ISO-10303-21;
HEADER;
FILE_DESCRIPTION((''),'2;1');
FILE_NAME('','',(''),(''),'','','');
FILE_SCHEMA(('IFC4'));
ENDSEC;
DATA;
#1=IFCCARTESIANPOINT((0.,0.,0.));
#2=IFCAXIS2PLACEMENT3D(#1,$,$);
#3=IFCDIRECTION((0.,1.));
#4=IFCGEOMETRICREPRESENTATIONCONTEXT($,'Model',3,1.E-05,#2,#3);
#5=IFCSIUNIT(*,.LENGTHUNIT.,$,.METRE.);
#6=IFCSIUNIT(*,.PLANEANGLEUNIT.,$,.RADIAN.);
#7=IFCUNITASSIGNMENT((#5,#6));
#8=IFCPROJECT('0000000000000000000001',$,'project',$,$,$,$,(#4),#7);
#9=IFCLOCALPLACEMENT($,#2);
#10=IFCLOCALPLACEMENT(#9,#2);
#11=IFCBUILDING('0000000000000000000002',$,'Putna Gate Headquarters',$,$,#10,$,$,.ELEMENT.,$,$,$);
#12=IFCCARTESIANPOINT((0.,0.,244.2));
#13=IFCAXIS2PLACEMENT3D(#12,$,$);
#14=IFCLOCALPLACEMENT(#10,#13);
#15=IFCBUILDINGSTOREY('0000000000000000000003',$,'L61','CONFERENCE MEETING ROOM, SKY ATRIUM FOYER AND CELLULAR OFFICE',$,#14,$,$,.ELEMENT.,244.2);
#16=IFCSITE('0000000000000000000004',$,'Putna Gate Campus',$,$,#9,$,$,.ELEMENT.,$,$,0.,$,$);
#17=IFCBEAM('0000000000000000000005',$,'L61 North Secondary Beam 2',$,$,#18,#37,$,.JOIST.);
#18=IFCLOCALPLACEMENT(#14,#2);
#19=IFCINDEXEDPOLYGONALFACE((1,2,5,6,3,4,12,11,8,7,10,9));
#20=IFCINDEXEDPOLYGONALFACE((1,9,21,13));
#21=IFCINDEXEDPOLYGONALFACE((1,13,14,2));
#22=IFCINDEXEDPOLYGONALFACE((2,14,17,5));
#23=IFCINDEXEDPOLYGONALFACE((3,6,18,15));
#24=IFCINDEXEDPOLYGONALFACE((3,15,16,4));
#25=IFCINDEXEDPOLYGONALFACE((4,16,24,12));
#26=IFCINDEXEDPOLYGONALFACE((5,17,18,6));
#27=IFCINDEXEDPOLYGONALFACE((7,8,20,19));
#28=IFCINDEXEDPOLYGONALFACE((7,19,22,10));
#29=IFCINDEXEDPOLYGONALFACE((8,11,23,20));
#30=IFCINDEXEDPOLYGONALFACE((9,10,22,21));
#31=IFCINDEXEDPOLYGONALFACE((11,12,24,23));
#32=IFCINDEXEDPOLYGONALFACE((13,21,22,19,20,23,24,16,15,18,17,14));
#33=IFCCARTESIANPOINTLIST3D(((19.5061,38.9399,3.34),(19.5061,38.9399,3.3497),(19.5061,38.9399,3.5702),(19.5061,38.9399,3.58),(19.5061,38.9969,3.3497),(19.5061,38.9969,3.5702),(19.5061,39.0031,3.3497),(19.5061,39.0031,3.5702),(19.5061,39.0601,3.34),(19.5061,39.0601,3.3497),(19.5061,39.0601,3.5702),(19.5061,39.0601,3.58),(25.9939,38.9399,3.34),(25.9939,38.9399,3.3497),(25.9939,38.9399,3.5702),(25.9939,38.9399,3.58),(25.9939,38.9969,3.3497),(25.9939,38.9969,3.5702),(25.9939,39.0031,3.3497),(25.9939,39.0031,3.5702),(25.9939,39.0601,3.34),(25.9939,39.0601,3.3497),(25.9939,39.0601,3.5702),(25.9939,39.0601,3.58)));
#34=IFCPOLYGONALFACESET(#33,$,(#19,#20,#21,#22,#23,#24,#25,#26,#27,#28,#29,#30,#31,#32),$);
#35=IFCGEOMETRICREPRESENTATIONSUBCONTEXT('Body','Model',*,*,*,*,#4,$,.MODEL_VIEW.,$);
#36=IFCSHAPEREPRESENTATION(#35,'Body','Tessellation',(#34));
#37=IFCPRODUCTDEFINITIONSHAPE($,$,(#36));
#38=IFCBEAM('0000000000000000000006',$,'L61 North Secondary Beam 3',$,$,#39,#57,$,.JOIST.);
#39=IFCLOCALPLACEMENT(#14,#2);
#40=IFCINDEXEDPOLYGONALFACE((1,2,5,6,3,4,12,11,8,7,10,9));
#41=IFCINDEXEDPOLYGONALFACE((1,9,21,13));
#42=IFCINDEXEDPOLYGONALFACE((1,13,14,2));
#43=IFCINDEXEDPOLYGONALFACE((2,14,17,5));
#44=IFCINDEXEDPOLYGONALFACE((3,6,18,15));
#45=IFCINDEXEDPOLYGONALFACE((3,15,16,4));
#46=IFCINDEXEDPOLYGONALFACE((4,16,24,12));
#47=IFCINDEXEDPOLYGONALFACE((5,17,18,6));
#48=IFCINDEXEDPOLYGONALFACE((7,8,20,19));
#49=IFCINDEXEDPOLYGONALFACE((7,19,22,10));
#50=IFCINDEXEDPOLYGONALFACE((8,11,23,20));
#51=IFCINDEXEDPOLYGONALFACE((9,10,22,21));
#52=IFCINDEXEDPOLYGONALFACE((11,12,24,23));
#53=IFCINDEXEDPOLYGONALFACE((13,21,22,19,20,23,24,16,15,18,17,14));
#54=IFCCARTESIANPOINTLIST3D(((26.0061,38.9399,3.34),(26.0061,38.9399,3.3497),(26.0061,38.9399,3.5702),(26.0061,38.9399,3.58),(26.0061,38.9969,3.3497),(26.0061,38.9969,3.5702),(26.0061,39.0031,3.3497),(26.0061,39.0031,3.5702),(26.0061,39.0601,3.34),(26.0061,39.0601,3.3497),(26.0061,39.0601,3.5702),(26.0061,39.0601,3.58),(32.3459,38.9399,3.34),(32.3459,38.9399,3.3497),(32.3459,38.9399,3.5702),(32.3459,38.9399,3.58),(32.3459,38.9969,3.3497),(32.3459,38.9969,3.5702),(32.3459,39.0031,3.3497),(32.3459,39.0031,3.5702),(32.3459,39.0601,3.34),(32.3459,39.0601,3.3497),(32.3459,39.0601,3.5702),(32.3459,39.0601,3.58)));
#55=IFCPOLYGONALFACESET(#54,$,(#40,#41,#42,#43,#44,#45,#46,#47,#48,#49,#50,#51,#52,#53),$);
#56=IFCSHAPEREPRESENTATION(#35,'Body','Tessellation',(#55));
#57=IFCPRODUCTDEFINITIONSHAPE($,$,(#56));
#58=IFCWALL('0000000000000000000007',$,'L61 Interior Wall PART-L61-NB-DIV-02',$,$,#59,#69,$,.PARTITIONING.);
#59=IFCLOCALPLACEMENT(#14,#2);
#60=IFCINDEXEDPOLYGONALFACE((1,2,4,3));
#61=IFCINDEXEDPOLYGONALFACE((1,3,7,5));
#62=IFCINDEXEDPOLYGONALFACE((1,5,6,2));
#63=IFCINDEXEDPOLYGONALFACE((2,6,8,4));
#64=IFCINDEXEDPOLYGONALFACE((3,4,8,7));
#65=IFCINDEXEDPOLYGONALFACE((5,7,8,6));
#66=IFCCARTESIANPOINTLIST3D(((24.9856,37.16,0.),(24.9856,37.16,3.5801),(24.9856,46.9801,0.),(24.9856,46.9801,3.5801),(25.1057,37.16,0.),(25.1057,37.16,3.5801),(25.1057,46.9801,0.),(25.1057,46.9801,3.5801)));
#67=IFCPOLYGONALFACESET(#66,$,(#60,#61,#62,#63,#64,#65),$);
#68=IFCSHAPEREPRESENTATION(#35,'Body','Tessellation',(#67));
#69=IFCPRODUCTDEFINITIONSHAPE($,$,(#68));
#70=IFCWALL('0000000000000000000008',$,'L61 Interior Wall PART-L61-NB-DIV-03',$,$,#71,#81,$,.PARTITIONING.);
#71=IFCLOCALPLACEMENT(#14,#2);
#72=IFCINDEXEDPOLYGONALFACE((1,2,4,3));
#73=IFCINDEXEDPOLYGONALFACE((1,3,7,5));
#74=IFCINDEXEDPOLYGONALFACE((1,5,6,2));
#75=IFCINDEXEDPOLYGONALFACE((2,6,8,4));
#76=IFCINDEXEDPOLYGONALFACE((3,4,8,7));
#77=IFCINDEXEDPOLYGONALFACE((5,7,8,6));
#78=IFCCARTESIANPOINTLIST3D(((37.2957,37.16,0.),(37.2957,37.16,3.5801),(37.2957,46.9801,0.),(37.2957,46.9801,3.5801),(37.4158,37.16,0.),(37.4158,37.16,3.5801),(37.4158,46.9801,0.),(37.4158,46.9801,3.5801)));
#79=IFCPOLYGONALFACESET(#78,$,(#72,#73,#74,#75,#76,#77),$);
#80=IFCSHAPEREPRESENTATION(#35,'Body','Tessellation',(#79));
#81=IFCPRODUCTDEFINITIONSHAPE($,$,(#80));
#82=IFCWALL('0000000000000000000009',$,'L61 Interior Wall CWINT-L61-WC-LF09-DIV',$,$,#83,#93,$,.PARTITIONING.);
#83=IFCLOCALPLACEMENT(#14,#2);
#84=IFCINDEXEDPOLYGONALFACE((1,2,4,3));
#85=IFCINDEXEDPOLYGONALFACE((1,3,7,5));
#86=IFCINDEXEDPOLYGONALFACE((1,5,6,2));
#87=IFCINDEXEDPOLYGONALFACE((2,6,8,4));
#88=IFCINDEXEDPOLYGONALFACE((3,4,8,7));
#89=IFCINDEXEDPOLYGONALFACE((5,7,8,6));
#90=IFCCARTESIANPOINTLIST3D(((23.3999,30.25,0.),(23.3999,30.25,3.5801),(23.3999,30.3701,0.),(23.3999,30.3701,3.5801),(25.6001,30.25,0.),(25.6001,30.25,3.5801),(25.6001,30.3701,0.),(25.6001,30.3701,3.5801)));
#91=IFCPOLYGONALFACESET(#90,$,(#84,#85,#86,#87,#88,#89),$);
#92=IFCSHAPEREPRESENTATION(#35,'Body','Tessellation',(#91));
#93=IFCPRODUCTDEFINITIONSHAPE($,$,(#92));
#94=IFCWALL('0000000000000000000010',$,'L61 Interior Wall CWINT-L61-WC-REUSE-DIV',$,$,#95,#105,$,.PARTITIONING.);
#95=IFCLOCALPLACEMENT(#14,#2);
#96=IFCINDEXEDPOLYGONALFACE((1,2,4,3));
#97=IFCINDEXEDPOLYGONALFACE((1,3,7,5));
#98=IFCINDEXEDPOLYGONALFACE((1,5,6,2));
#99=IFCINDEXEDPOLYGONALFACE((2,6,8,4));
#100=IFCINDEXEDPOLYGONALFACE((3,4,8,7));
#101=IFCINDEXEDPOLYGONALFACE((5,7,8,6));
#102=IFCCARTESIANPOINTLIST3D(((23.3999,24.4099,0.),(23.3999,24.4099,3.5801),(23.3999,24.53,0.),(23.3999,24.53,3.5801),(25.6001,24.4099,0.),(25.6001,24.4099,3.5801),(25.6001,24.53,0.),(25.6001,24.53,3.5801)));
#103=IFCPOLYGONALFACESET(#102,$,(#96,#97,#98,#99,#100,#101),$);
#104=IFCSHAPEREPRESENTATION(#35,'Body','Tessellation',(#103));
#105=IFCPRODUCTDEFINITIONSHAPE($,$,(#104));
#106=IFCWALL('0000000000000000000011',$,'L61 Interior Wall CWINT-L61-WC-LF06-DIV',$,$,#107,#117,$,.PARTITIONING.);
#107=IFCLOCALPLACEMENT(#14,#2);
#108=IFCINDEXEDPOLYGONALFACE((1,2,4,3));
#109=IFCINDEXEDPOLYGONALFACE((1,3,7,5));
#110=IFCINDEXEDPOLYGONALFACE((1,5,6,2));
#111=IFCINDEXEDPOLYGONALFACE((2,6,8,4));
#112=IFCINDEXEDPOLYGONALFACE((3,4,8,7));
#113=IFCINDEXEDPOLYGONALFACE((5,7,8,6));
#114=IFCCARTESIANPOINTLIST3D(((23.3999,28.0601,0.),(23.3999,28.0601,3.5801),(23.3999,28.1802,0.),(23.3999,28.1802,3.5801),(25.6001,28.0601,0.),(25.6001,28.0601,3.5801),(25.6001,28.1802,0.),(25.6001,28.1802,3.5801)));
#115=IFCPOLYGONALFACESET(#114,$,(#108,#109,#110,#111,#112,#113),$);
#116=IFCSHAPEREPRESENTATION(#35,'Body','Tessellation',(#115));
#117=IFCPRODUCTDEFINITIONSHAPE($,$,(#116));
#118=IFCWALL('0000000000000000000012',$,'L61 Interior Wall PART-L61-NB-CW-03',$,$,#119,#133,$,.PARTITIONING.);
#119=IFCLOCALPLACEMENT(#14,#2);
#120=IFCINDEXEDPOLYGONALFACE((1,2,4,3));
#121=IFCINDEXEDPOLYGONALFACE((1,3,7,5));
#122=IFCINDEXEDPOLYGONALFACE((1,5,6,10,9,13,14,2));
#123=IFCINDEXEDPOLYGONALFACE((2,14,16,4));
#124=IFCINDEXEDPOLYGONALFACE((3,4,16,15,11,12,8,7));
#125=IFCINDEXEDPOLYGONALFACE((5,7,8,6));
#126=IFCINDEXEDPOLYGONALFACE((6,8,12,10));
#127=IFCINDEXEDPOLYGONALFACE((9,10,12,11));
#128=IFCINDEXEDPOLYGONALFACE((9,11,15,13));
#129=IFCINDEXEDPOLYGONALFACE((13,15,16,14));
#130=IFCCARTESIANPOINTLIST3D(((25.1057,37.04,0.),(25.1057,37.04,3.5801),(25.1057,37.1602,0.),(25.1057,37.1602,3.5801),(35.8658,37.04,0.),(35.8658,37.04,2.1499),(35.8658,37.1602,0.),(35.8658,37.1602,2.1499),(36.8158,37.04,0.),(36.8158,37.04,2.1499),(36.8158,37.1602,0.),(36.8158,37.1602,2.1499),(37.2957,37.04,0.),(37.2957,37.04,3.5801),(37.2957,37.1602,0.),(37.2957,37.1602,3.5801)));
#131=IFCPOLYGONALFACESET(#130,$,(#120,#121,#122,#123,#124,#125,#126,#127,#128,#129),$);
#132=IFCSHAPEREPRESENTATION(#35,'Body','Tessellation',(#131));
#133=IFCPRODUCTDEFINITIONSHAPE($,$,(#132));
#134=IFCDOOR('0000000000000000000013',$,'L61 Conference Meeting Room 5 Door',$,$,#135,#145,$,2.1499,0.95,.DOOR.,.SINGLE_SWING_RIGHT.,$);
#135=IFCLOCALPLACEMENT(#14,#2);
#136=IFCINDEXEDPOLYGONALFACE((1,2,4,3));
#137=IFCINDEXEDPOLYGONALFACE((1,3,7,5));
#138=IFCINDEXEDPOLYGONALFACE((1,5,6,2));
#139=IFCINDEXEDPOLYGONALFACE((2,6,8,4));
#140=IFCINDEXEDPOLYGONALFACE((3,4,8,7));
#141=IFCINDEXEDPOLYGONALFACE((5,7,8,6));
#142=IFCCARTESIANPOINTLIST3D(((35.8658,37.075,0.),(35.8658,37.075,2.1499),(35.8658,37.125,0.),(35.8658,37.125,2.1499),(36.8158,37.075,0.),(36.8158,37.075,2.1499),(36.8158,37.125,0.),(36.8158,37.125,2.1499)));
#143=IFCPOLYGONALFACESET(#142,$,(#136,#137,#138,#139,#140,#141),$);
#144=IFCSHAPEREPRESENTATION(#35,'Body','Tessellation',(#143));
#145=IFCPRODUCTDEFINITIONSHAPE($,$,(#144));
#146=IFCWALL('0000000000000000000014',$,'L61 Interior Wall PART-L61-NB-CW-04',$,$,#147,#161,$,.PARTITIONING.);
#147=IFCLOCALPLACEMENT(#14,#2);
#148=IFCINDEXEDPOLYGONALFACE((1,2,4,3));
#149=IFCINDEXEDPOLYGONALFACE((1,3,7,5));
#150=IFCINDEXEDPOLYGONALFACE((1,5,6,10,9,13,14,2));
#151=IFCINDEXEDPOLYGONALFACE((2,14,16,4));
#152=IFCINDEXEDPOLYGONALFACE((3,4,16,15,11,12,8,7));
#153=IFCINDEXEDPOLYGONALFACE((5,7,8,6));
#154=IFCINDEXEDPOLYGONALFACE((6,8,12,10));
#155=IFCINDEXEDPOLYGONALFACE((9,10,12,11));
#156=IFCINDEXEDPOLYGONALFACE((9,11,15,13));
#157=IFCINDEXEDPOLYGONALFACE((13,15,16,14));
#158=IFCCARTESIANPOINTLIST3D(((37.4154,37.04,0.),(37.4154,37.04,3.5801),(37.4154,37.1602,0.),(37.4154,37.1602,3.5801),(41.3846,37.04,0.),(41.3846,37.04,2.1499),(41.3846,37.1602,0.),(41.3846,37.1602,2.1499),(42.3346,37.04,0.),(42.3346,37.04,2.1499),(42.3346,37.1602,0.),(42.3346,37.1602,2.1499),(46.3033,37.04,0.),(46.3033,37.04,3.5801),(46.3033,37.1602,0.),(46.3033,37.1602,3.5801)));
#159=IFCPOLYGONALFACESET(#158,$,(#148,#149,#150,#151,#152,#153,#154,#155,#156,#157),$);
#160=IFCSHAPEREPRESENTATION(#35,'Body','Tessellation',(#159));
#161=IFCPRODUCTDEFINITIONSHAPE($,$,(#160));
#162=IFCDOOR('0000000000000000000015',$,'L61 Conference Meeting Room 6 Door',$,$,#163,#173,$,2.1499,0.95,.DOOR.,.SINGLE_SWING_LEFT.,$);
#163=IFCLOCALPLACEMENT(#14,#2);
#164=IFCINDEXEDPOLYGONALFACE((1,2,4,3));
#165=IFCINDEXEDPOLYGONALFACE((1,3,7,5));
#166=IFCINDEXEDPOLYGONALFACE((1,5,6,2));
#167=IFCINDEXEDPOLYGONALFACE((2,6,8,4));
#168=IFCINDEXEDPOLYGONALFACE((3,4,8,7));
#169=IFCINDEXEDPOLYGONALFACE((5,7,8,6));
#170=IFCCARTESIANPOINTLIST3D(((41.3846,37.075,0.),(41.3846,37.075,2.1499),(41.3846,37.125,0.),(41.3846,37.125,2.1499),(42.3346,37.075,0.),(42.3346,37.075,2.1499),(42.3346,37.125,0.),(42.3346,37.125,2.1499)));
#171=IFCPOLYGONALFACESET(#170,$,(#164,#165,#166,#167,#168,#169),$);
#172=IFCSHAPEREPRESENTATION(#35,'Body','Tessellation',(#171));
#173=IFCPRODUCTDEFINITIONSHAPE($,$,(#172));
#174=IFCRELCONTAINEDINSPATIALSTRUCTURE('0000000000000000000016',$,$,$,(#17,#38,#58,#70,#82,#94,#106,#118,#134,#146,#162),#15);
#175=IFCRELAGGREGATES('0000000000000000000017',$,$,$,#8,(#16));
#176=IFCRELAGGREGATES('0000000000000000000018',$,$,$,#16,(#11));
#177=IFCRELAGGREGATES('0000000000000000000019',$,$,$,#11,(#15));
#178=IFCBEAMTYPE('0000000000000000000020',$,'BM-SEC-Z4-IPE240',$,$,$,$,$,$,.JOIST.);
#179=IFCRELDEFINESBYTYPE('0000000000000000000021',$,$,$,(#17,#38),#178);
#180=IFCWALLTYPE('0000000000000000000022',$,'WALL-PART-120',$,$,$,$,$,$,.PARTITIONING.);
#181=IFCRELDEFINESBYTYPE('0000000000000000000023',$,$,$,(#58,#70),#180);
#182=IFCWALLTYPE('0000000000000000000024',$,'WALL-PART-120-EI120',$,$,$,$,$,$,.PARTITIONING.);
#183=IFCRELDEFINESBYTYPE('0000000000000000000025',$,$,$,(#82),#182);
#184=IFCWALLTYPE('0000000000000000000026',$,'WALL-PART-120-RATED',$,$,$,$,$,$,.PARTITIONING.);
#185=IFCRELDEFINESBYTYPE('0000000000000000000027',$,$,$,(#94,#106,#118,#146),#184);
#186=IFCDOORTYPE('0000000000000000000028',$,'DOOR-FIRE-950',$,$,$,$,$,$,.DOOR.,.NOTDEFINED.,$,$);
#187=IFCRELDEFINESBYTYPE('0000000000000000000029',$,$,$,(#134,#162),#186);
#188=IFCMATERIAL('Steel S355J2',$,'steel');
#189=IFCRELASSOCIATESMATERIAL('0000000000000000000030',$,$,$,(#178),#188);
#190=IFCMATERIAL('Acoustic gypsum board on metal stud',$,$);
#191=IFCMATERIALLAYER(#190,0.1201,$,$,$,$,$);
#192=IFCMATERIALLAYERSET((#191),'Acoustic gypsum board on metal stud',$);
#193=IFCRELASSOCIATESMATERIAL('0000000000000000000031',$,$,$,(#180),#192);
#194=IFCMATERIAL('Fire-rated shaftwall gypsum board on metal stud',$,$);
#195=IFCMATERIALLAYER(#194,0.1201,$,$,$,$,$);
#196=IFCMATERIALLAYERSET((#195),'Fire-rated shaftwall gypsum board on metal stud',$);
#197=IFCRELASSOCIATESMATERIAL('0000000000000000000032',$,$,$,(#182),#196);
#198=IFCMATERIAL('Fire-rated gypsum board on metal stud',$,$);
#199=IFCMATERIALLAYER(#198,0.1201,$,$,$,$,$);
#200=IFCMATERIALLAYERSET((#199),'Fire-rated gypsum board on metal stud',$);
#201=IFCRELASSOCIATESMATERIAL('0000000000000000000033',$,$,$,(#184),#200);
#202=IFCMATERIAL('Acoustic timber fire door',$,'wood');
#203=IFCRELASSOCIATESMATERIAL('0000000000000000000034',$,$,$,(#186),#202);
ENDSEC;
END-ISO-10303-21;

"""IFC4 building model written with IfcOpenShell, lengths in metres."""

from ifc_helpers import new_model, si_unit, direction, frame, frame_2d, origin, origin_2d, place, context, subcontext, project, spatial, rectangle, i_section, extrude, material, layer, layer_set, material_profile, profile_set, type_object, element, fill, save


model = new_model("IFC4")

# Units and contexts
model_context = context("Model", 3, precision=1e-05, world=origin(), true_north=direction((0.0, 1.0)))
body_context = subcontext(model_context, "Body", "Model", "MODEL_VIEW")
ifc_project = project(units=[si_unit("LENGTHUNIT", "METRE"), si_unit("PLANEANGLEUNIT", "RADIAN")], contexts=[model_context])

# Site, building, storey
site_placement = place(None, origin())
site = spatial("IfcSite", under=ifc_project, at=site_placement, Name="Putna Gate Campus", CompositionType="ELEMENT", RefElevation=0.0)
building_placement = place(site_placement, origin())
building = spatial("IfcBuilding", under=site, at=building_placement, Name="Putna Gate Headquarters", CompositionType="ELEMENT")
storey_placement = place(building_placement, frame((0.0, 0.0, 244.2)))
storey = spatial("IfcBuildingStorey", under=building, at=storey_placement, Name="L61", Description="CONFERENCE MEETING ROOM, SKY ATRIUM FOYER AND CELLULAR OFFICE", CompositionType="ELEMENT", Elevation=244.2)

# Beams
ifc_material_1 = material(Name="Steel S355J2", Category="steel")
ifc_material_profile_1 = material_profile(ifc_material_1, i_section(OverallWidth=0.1201, OverallDepth=0.24, WebThickness=0.0061, FlangeThickness=0.0098, at=origin_2d()), Name="Steel S355J2")
ifc_profile_set_1 = profile_set([ifc_material_profile_1], Name="Steel S355J2")
beam_type_1 = type_object("IfcBeamType", Name="BM-SEC-Z4-IPE240", PredefinedType="JOIST", material=ifc_profile_set_1)
beam_1_placement = place(storey_placement, frame((19.5061, 39.0, 3.46), z_axis=(1.0, 0.0, 0.0), x_axis=(0.0, 1.0, 0.0)))
element("IfcBeam", 1, at=beam_1_placement, inside=storey, type_object=beam_type_1, Name="L61 North Secondary Beam 2", PredefinedType="JOIST", context=body_context, shape_type="SweptSolid", body=[
    extrude(i_section(OverallWidth=0.1201, OverallDepth=0.24, WebThickness=0.0061, FlangeThickness=0.0098, at=origin_2d()), origin(), (0.0, 0.0, 1.0), 6.4878),
])
beam_2_placement = place(storey_placement, frame((26.0061, 39.0, 3.46), z_axis=(1.0, 0.0, 0.0), x_axis=(0.0, 1.0, 0.0)))
element("IfcBeam", 2, at=beam_2_placement, inside=storey, type_object=beam_type_1, Name="L61 North Secondary Beam 3", PredefinedType="JOIST", context=body_context, shape_type="SweptSolid", body=[
    extrude(i_section(OverallWidth=0.1201, OverallDepth=0.24, WebThickness=0.0061, FlangeThickness=0.0098, at=origin_2d()), origin(), (0.0, 0.0, 1.0), 6.3398),
])

# Walls
ifc_material_2 = material(Name="Acoustic gypsum board on metal stud")
ifc_layer_1 = layer(ifc_material_2, 0.1201)
ifc_layer_set_1 = layer_set([ifc_layer_1], Name="Acoustic gypsum board on metal stud")
wall_type_1 = type_object("IfcWallType", Name="WALL-PART-120", PredefinedType="PARTITIONING", material=ifc_layer_set_1)
for number, where, z_axis, x_axis, name in (
    (3, (25.0457, 37.1599, 0.0), (0.0, 0.0, 1.0), (0.0, 1.0, 0.0), "L61 Interior Wall PART-L61-NB-DIV-02"),
    (4, (37.3557, 37.1599, 0.0), (0.0, 0.0, 1.0), (0.0, 1.0, 0.0), "L61 Interior Wall PART-L61-NB-DIV-03"),
):
    element("IfcWall", number, at=place(storey_placement, frame(where, z_axis=z_axis, x_axis=x_axis)), inside=storey, type_object=wall_type_1, Name=name, PredefinedType="PARTITIONING", context=body_context, shape_type="SweptSolid", body=[
        extrude(rectangle(XDim=9.8201, YDim=0.1201, at=frame_2d((4.9102, 0.0))), origin(), (0.0, 0.0, 1.0), 3.5801),
    ])
ifc_material_3 = material(Name="Fire-rated shaftwall gypsum board on metal stud")
ifc_layer_2 = layer(ifc_material_3, 0.1201)
ifc_layer_set_2 = layer_set([ifc_layer_2], Name="Fire-rated shaftwall gypsum board on metal stud")
wall_type_2 = type_object("IfcWallType", Name="WALL-PART-120-EI120", PredefinedType="PARTITIONING", material=ifc_layer_set_2)
wall_1_placement = place(storey_placement, frame((23.3999, 30.3101, 0.0), z_axis=(0.0, 0.0, 1.0), x_axis=(1.0, 0.0, 0.0)))
element("IfcWall", 5, at=wall_1_placement, inside=storey, type_object=wall_type_2, Name="L61 Interior Wall CWINT-L61-WC-LF09-DIV", PredefinedType="PARTITIONING", context=body_context, shape_type="SweptSolid", body=[
    extrude(rectangle(XDim=2.2002, YDim=0.1201, at=frame_2d((1.1001, 0.0))), origin(), (0.0, 0.0, 1.0), 3.5801),
])
ifc_material_4 = material(Name="Fire-rated gypsum board on metal stud")
ifc_layer_3 = layer(ifc_material_4, 0.1201)
ifc_layer_set_3 = layer_set([ifc_layer_3], Name="Fire-rated gypsum board on metal stud")
wall_type_3 = type_object("IfcWallType", Name="WALL-PART-120-RATED", PredefinedType="PARTITIONING", material=ifc_layer_set_3)
for number, where, z_axis, x_axis, name in (
    (6, (23.3999, 24.47, 0.0), (0.0, 0.0, 1.0), (1.0, 0.0, 0.0), "L61 Interior Wall CWINT-L61-WC-REUSE-DIV"),
    (7, (23.3999, 28.1201, 0.0), (0.0, 0.0, 1.0), (1.0, 0.0, 0.0), "L61 Interior Wall CWINT-L61-WC-LF06-DIV"),
):
    element("IfcWall", number, at=place(storey_placement, frame(where, z_axis=z_axis, x_axis=x_axis)), inside=storey, type_object=wall_type_3, Name=name, PredefinedType="PARTITIONING", context=body_context, shape_type="SweptSolid", body=[
        extrude(rectangle(XDim=2.2002, YDim=0.1201, at=frame_2d((1.1001, 0.0))), origin(), (0.0, 0.0, 1.0), 3.5801),
    ])

# Walls, openings, doors
wall_2_placement = place(storey_placement, frame((25.1057, 37.1001, 0.0), z_axis=(0.0, 0.0, 1.0), x_axis=(1.0, 0.0, 0.0)))
wall_2 = element("IfcWall", 8, at=wall_2_placement, inside=storey, type_object=wall_type_3, Name="L61 Interior Wall PART-L61-NB-CW-03", PredefinedType="PARTITIONING", context=body_context, shape_type="SweptSolid", body=[
    extrude(rectangle(XDim=12.1899, YDim=0.1201, at=frame_2d((6.095, 0.0))), origin(), (0.0, 0.0, 1.0), 3.5801),
])
opening_1_placement = place(wall_2_placement, frame((10.76, 0.0, 0.0)))
opening_1 = element("IfcOpeningElement", 9, at=opening_1_placement, cuts=wall_2, PredefinedType="OPENING", context=body_context, shape_type="SweptSolid", body=[
    extrude(rectangle(XDim=0.95, YDim=2.1499, at=frame_2d((0.4751, 1.075))), frame((0.0, 0.0701, 0.0), z_axis=(0.0, -1.0, 0.0), x_axis=(1.0, 0.0, 0.0)), (0.0, 0.0, 1.0), 0.1401),
])
ifc_material_5 = material(Name="Acoustic timber fire door", Category="wood")
door_type_1 = type_object("IfcDoorType", Name="DOOR-FIRE-950", OperationType="NOTDEFINED", PredefinedType="DOOR", material=ifc_material_5)
door_1_placement = place(opening_1_placement, origin())
door_1 = element("IfcDoor", 10, at=door_1_placement, inside=storey, type_object=door_type_1, Name="L61 Conference Meeting Room 5 Door", OperationType="SINGLE_SWING_RIGHT", OverallHeight=2.1499, OverallWidth=0.95, PredefinedType="DOOR", context=body_context, shape_type="SweptSolid", body=[
    extrude(rectangle(XDim=0.95, YDim=2.1499, at=frame_2d((0.4751, 1.075))), frame((0.0, 0.0249, 0.0), z_axis=(0.0, -1.0, 0.0), x_axis=(1.0, 0.0, 0.0)), (0.0, 0.0, 1.0), 0.05),
])
fill(opening_1, door_1)
wall_3_placement = place(storey_placement, frame((37.4155, 37.1001, 0.0), z_axis=(0.0, 0.0, 1.0), x_axis=(1.0, 0.0, 0.0)))
wall_3 = element("IfcWall", 11, at=wall_3_placement, inside=storey, type_object=wall_type_3, Name="L61 Interior Wall PART-L61-NB-CW-04", PredefinedType="PARTITIONING", context=body_context, shape_type="SweptSolid", body=[
    extrude(rectangle(XDim=8.8879, YDim=0.1201, at=frame_2d((4.4438, 0.0))), origin(), (0.0, 0.0, 1.0), 3.5801),
])
opening_2_placement = place(wall_3_placement, frame((3.969, 0.0, 0.0)))
opening_2 = element("IfcOpeningElement", 12, at=opening_2_placement, cuts=wall_3, PredefinedType="OPENING", context=body_context, shape_type="SweptSolid", body=[
    extrude(rectangle(XDim=0.95, YDim=2.1499, at=frame_2d((0.4751, 1.075))), frame((0.0, 0.0701, 0.0), z_axis=(0.0, -1.0, 0.0), x_axis=(1.0, 0.0, 0.0)), (0.0, 0.0, 1.0), 0.1401),
])
door_2_placement = place(opening_2_placement, origin())
door_2 = element("IfcDoor", 13, at=door_2_placement, inside=storey, type_object=door_type_1, Name="L61 Conference Meeting Room 6 Door", OperationType="SINGLE_SWING_LEFT", OverallHeight=2.1499, OverallWidth=0.95, PredefinedType="DOOR", context=body_context, shape_type="SweptSolid", body=[
    extrude(rectangle(XDim=0.95, YDim=2.1499, at=frame_2d((0.4751, 1.075))), frame((0.0, 0.0249, 0.0), z_axis=(0.0, -1.0, 0.0), x_axis=(1.0, 0.0, 0.0)), (0.0, 0.0, 1.0), 0.05),
])
fill(opening_2, door_2)

save(model, "model.ifc")
